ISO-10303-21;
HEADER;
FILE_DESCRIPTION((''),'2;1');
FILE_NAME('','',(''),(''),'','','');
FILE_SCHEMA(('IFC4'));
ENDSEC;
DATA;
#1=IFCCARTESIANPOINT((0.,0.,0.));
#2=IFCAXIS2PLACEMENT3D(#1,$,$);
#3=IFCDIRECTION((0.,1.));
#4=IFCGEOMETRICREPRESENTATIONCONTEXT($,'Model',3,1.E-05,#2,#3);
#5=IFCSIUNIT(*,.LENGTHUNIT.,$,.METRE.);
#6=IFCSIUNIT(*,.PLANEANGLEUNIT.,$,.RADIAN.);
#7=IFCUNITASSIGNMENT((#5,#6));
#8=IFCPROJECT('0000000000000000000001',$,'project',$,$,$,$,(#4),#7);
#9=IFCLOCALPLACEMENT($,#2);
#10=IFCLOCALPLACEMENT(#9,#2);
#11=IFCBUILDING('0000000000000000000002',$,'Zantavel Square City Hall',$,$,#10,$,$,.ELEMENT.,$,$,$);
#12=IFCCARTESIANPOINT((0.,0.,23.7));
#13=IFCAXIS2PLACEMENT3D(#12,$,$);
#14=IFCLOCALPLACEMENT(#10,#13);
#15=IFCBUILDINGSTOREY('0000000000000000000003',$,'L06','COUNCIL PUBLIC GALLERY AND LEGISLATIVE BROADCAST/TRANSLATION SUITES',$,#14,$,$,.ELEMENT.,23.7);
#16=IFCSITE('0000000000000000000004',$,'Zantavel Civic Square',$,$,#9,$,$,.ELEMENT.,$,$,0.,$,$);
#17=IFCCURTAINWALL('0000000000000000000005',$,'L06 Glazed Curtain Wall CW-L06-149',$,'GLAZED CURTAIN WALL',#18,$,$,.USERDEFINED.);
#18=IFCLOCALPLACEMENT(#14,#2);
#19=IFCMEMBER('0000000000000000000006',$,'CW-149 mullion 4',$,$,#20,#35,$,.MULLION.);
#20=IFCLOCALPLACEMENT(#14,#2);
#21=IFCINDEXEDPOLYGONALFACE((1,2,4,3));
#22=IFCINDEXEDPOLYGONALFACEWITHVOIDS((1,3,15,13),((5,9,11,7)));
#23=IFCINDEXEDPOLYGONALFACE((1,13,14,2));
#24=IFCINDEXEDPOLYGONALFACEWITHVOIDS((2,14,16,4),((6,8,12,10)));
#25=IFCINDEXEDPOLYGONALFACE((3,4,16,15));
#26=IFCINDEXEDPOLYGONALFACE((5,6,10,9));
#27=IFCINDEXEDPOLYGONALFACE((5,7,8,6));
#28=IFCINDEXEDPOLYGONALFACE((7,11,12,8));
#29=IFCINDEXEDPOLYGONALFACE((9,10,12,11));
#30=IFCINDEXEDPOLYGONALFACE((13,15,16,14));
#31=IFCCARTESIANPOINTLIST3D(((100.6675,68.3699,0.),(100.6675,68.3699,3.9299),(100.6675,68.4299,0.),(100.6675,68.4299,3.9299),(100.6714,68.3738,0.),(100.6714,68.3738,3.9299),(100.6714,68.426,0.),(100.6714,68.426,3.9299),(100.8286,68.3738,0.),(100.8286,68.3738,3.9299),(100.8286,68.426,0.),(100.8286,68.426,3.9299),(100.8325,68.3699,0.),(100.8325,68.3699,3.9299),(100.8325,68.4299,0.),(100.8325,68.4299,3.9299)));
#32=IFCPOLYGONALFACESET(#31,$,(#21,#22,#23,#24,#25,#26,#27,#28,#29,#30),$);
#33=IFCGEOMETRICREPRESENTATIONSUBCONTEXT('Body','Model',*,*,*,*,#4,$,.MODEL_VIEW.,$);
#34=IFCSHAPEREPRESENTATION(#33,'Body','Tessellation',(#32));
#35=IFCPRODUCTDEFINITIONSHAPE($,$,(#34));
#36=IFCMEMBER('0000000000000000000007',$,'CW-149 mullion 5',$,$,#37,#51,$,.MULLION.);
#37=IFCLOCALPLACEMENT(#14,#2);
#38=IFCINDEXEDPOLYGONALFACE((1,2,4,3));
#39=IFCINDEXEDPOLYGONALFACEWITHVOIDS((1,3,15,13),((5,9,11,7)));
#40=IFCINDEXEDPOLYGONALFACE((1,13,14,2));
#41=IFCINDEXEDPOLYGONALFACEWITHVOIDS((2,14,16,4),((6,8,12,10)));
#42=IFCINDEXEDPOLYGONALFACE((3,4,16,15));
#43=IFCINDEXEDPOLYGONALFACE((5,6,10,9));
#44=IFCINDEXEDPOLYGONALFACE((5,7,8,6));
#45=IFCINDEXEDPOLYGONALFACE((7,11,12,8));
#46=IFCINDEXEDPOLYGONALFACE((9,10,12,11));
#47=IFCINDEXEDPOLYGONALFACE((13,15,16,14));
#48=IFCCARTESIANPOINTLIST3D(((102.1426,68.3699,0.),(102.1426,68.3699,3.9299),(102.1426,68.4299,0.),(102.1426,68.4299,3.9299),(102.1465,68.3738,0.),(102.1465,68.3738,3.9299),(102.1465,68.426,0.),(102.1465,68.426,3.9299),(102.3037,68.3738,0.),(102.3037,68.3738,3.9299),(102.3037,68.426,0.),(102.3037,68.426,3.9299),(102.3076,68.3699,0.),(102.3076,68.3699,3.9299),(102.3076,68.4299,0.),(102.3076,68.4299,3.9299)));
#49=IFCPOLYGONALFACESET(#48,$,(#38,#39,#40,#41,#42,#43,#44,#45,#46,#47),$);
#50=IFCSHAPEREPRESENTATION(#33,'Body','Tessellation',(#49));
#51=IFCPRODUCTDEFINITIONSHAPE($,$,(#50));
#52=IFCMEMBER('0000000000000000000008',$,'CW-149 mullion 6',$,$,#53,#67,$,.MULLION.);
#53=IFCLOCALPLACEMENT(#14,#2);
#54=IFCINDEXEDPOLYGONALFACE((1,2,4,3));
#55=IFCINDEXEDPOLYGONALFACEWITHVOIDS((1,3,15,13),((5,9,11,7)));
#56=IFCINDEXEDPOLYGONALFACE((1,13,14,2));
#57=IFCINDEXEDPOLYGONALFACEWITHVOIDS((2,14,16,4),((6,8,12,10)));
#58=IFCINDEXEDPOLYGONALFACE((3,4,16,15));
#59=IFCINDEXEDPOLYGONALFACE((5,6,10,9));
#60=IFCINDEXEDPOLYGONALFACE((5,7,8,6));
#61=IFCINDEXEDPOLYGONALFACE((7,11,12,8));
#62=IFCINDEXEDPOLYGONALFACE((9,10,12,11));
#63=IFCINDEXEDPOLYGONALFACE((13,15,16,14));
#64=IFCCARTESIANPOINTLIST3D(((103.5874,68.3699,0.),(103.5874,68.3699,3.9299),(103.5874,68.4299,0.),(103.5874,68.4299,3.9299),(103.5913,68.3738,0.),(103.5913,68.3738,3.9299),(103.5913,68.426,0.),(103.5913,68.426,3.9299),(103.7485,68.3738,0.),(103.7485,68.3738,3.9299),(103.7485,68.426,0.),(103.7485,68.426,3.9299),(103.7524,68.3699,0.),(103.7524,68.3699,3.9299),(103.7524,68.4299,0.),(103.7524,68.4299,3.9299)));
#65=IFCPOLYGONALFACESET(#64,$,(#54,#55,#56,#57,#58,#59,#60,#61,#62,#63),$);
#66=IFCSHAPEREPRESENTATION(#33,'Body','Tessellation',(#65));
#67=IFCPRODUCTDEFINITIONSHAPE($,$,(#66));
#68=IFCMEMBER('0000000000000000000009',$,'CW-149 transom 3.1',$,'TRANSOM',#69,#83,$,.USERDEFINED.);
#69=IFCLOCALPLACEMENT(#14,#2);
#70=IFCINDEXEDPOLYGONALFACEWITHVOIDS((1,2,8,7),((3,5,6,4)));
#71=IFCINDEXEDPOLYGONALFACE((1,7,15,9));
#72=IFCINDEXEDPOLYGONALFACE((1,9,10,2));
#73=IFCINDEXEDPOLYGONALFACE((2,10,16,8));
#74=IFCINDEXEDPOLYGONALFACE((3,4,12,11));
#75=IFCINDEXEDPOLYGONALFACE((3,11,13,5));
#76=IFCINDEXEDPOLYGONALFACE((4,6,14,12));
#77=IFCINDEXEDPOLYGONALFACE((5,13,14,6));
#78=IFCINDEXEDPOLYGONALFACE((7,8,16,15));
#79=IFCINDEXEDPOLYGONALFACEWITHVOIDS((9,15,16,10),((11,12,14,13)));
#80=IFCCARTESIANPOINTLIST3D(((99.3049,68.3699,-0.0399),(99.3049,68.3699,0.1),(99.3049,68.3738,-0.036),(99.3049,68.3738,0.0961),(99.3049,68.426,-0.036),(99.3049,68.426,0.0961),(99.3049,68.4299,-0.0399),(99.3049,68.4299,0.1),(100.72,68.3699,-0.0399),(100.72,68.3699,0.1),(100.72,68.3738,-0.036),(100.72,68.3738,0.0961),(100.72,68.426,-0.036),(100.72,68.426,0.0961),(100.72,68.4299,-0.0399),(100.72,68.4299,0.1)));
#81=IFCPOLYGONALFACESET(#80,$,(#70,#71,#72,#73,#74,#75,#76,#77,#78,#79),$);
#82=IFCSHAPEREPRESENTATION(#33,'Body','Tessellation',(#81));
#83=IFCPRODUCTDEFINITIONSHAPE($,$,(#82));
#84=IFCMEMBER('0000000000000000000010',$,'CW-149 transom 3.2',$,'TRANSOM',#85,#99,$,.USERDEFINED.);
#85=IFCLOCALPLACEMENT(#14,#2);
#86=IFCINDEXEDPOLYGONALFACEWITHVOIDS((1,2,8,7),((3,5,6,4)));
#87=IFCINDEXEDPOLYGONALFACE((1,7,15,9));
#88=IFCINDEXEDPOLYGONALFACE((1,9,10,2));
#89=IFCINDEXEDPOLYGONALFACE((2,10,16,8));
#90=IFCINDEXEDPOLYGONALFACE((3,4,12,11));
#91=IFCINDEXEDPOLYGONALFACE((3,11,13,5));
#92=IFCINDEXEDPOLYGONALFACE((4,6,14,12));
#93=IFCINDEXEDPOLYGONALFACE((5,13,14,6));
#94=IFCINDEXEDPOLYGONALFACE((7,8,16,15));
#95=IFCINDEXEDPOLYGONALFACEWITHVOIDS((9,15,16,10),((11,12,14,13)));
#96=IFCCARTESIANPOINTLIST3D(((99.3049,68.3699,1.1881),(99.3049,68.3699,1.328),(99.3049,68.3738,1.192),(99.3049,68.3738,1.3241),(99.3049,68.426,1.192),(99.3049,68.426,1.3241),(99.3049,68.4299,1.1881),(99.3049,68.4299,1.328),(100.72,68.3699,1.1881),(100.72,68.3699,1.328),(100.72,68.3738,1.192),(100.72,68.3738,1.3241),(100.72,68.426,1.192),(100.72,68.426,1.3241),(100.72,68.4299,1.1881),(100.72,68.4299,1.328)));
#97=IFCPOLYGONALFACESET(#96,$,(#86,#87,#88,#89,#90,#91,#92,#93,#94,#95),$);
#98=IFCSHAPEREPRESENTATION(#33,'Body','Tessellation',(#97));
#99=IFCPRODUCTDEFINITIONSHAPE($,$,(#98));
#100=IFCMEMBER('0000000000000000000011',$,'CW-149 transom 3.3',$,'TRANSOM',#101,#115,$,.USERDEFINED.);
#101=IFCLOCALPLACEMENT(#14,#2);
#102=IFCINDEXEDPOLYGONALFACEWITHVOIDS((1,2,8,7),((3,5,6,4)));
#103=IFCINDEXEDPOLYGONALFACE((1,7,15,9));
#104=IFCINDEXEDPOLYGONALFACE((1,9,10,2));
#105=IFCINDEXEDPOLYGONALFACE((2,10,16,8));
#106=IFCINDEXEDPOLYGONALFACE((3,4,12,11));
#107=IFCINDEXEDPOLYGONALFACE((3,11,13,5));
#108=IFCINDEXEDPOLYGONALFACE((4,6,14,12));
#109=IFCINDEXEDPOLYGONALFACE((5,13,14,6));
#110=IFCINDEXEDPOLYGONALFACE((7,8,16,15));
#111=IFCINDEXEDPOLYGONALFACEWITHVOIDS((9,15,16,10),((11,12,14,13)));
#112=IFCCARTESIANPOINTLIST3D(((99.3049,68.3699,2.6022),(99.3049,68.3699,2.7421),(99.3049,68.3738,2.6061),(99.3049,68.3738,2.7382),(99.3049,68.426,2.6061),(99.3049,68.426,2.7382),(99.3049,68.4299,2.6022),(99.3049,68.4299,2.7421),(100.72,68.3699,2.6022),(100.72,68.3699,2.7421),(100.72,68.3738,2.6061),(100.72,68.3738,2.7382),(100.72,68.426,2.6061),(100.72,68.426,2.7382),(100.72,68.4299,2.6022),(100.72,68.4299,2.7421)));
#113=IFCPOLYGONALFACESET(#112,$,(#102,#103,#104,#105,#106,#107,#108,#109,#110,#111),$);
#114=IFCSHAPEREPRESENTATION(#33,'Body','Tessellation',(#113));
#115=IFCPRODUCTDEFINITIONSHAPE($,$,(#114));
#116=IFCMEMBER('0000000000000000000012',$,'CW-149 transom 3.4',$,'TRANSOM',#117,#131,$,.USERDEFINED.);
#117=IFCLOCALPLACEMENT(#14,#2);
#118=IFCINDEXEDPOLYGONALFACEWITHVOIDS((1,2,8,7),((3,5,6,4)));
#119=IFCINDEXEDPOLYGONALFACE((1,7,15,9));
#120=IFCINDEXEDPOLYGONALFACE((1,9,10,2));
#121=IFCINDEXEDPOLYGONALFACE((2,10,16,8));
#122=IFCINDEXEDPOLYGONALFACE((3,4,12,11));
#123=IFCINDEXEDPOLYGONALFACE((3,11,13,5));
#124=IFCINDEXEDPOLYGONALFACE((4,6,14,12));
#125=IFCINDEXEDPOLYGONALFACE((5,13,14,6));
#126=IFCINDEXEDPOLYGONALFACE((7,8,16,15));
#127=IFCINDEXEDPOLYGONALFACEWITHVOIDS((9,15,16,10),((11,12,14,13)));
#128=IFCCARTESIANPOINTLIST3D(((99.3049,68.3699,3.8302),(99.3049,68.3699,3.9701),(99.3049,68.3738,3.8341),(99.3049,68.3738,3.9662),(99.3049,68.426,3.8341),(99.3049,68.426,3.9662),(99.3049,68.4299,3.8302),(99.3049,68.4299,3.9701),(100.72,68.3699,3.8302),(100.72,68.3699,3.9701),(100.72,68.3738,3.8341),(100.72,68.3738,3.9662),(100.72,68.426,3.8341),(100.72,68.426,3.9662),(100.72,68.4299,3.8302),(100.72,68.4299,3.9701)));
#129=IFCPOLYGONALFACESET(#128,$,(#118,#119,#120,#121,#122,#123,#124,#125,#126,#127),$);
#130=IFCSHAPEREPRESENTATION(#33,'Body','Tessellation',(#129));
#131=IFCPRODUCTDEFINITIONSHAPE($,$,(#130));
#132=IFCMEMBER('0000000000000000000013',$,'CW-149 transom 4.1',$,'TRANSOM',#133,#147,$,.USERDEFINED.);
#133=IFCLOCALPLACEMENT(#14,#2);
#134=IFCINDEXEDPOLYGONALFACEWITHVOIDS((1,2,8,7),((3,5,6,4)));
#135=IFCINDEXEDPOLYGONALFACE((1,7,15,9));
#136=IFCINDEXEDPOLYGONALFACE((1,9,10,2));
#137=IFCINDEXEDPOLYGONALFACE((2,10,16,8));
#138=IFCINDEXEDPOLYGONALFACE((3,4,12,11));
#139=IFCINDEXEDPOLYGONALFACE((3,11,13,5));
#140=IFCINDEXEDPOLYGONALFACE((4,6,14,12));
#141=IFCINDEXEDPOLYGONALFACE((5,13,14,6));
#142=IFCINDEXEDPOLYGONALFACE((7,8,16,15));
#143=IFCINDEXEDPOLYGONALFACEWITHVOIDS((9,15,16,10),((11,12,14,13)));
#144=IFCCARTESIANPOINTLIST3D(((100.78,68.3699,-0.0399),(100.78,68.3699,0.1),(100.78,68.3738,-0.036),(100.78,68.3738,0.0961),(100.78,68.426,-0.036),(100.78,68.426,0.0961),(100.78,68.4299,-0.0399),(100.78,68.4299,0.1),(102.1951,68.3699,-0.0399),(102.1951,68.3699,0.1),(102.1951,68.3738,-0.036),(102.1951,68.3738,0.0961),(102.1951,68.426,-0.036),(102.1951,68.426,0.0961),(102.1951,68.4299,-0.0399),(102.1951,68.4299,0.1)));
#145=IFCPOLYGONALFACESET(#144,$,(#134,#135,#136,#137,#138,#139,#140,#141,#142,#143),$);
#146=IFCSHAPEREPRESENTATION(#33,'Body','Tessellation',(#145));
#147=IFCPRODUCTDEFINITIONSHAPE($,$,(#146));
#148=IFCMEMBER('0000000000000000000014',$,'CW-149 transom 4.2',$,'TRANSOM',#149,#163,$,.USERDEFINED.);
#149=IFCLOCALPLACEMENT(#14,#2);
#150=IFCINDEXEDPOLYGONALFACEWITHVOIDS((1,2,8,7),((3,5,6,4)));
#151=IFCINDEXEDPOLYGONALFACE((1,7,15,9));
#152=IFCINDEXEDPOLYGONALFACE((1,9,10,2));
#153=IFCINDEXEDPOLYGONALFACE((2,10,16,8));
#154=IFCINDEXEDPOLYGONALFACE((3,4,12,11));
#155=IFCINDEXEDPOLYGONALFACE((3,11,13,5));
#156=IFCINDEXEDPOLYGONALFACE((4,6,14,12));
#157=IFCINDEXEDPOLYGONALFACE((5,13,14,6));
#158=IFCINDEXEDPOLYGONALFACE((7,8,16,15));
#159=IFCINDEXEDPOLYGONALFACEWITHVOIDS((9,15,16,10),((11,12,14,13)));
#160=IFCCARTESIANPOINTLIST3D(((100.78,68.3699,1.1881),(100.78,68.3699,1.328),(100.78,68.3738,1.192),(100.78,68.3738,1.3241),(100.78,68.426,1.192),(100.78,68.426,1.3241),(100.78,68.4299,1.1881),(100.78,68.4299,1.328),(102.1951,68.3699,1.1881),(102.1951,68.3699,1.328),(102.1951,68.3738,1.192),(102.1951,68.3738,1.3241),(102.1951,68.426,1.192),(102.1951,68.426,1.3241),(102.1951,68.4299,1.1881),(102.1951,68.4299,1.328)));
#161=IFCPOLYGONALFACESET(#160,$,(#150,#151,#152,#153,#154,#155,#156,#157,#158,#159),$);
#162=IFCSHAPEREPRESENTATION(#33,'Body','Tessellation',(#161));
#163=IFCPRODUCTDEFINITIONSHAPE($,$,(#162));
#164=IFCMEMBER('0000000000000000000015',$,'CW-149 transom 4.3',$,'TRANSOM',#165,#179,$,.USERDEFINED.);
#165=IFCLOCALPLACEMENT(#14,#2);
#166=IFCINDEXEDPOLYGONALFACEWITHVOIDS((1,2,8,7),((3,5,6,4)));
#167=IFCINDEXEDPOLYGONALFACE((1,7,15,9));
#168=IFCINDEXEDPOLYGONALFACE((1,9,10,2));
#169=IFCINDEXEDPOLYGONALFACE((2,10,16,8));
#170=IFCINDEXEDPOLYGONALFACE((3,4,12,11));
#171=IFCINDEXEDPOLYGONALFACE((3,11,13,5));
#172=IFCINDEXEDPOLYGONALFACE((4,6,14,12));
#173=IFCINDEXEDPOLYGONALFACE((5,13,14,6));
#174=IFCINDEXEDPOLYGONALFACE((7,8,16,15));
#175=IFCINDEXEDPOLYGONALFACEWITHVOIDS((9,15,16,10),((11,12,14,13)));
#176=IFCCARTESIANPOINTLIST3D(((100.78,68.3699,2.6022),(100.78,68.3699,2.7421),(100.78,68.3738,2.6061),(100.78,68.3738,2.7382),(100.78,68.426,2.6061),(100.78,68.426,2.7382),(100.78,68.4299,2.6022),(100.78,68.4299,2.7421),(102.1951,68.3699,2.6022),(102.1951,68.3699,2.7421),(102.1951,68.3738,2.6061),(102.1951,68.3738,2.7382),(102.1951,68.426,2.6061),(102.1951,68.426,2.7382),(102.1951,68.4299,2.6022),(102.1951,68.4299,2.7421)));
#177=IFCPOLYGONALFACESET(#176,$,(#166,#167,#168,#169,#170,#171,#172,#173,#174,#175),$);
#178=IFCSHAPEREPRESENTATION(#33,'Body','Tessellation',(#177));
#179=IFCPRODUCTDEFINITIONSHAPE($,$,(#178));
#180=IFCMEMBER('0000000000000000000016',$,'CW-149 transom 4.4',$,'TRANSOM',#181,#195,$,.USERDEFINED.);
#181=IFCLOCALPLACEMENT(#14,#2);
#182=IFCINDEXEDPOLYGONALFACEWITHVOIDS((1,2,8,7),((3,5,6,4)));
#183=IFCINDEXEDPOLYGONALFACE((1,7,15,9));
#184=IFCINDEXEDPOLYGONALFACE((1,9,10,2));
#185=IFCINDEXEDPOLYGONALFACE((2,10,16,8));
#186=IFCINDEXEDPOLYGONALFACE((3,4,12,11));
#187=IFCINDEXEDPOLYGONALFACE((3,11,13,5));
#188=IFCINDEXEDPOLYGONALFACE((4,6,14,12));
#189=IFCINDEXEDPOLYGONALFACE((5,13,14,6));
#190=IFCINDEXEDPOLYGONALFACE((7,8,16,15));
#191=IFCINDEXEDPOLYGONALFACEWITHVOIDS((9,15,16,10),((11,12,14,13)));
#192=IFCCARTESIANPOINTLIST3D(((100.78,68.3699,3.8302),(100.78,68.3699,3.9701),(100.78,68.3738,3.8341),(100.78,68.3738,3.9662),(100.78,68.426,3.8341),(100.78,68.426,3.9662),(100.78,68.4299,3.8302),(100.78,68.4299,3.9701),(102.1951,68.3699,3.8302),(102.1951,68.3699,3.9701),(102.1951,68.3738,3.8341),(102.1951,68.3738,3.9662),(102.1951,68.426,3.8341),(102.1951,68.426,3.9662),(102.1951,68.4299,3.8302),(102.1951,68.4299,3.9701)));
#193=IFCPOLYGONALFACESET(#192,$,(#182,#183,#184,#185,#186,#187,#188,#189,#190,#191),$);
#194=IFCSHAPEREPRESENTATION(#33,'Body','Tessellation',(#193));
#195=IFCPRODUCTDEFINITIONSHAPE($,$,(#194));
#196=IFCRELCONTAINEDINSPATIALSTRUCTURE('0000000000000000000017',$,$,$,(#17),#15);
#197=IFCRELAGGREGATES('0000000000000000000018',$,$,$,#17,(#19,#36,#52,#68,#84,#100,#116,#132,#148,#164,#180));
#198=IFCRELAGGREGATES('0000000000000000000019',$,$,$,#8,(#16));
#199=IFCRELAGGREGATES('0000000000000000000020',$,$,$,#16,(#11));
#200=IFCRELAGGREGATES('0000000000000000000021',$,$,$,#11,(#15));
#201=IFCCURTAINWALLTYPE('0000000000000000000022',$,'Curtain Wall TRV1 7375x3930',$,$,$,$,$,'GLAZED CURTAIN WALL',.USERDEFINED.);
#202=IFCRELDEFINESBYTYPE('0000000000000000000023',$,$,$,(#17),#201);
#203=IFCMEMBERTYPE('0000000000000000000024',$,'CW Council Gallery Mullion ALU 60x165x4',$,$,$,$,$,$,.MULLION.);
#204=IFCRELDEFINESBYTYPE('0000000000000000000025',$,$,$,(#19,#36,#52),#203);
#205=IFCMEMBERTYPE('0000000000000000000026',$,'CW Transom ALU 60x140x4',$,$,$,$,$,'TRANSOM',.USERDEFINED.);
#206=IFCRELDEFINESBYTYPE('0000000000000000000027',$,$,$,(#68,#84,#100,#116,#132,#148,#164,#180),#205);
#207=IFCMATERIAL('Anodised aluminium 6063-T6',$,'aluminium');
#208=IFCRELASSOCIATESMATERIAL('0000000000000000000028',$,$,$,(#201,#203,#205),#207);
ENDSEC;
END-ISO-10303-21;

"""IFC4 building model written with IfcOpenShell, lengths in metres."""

from ifc_helpers import new_model, si_unit, direction, frame, origin, origin_2d, place, context, subcontext, project, spatial, hollow_rectangle, extrude, material, material_profile, profile_set, type_object, element, aggregate, save


model = new_model("IFC4")

# Units and contexts
model_context = context("Model", 3, precision=1e-05, world=origin(), true_north=direction((0.0, 1.0)))
body_context = subcontext(model_context, "Body", "Model", "MODEL_VIEW")
ifc_project = project(units=[si_unit("LENGTHUNIT", "METRE"), si_unit("PLANEANGLEUNIT", "RADIAN")], contexts=[model_context])

# Site, building, storey
site_placement = place(None, origin())
site = spatial("IfcSite", under=ifc_project, at=site_placement, Name="Zantavel Civic Square", CompositionType="ELEMENT", RefElevation=0.0)
building_placement = place(site_placement, origin())
building = spatial("IfcBuilding", under=site, at=building_placement, Name="Zantavel Square City Hall", CompositionType="ELEMENT")
storey_placement = place(building_placement, frame((0.0, 0.0, 23.7)))
storey = spatial("IfcBuildingStorey", under=building, at=storey_placement, Name="L06", Description="COUNCIL PUBLIC GALLERY AND LEGISLATIVE BROADCAST/TRANSLATION SUITES", CompositionType="ELEMENT", Elevation=23.7)

# Curtain wall, members
ifc_material_1 = material(Name="Anodised aluminium 6063-T6", Category="aluminium")
curtain_wall_type = type_object("IfcCurtainWallType", Name="Curtain Wall TRV1 7375x3930", ElementType="GLAZED CURTAIN WALL", PredefinedType="USERDEFINED", material=ifc_material_1)
curtain_wall_placement = place(storey_placement, origin())
curtain_wall = element("IfcCurtainWall", 1, at=curtain_wall_placement, inside=storey, type_object=curtain_wall_type, Name="L06 Glazed Curtain Wall CW-L06-149", ObjectType="GLAZED CURTAIN WALL", PredefinedType="USERDEFINED")
ifc_material_profile_1 = material_profile(ifc_material_1, hollow_rectangle(XDim=0.0601, YDim=0.165, WallThickness=0.0039, at=origin_2d()), Name="ALU 60x165x4")
ifc_profile_set_1 = profile_set([ifc_material_profile_1], Name="Anodised aluminium 6063-T6")
member_type_1 = type_object("IfcMemberType", Name="CW Council Gallery Mullion ALU 60x165x4", PredefinedType="MULLION", material=ifc_profile_set_1)
member_1_placement = place(storey_placement, frame((100.75, 68.3999, 0.0), z_axis=(0.0, 0.0, 1.0), x_axis=(0.0, 1.0, 0.0)))
member_1 = element("IfcMember", 2, at=member_1_placement, type_object=member_type_1, Name="CW-149 mullion 4", PredefinedType="MULLION", context=body_context, shape_type="SweptSolid", body=[
    extrude(hollow_rectangle(XDim=0.0601, YDim=0.165, WallThickness=0.0039, at=origin_2d()), origin(), (0.0, 0.0, 1.0), 3.9299),
])
member_2_placement = place(storey_placement, frame((102.2251, 68.3999, 0.0), z_axis=(0.0, 0.0, 1.0), x_axis=(0.0, 1.0, 0.0)))
member_2 = element("IfcMember", 3, at=member_2_placement, type_object=member_type_1, Name="CW-149 mullion 5", PredefinedType="MULLION", context=body_context, shape_type="SweptSolid", body=[
    extrude(hollow_rectangle(XDim=0.0601, YDim=0.165, WallThickness=0.0039, at=origin_2d()), origin(), (0.0, 0.0, 1.0), 3.9299),
])
member_3_placement = place(storey_placement, frame((103.6699, 68.3999, 0.0), z_axis=(0.0, 0.0, 1.0), x_axis=(0.0, 1.0, 0.0)))
member_3 = element("IfcMember", 4, at=member_3_placement, type_object=member_type_1, Name="CW-149 mullion 6", PredefinedType="MULLION", context=body_context, shape_type="SweptSolid", body=[
    extrude(hollow_rectangle(XDim=0.0601, YDim=0.165, WallThickness=0.0039, at=origin_2d()), origin(), (0.0, 0.0, 1.0), 3.9299),
])
ifc_material_profile_2 = material_profile(ifc_material_1, hollow_rectangle(XDim=0.0601, YDim=0.1399, WallThickness=0.0039, at=origin_2d()), Name="ALU 60x140x4")
ifc_profile_set_2 = profile_set([ifc_material_profile_2], Name="Anodised aluminium 6063-T6")
member_type_2 = type_object("IfcMemberType", Name="CW Transom ALU 60x140x4", ElementType="TRANSOM", PredefinedType="USERDEFINED", material=ifc_profile_set_2)
member_4_placement = place(storey_placement, frame((99.3049, 68.3999, 0.03), z_axis=(1.0, 0.0, 0.0), x_axis=(0.0, 1.0, 0.0)))
member_4 = element("IfcMember", 5, at=member_4_placement, type_object=member_type_2, Name="CW-149 transom 3.1", ObjectType="TRANSOM", PredefinedType="USERDEFINED", context=body_context, shape_type="SweptSolid", body=[
    extrude(hollow_rectangle(XDim=0.0601, YDim=0.1399, WallThickness=0.0039, at=origin_2d()), origin(), (0.0, 0.0, 1.0), 1.415),
])
member_5_placement = place(storey_placement, frame((99.3049, 68.3999, 1.2581), z_axis=(1.0, 0.0, 0.0), x_axis=(0.0, 1.0, 0.0)))
member_5 = element("IfcMember", 6, at=member_5_placement, type_object=member_type_2, Name="CW-149 transom 3.2", ObjectType="TRANSOM", PredefinedType="USERDEFINED", context=body_context, shape_type="SweptSolid", body=[
    extrude(hollow_rectangle(XDim=0.0601, YDim=0.1399, WallThickness=0.0039, at=origin_2d()), origin(), (0.0, 0.0, 1.0), 1.415),
])
member_6_placement = place(storey_placement, frame((99.3049, 68.3999, 2.6721), z_axis=(1.0, 0.0, 0.0), x_axis=(0.0, 1.0, 0.0)))
member_6 = element("IfcMember", 7, at=member_6_placement, type_object=member_type_2, Name="CW-149 transom 3.3", ObjectType="TRANSOM", PredefinedType="USERDEFINED", context=body_context, shape_type="SweptSolid", body=[
    extrude(hollow_rectangle(XDim=0.0601, YDim=0.1399, WallThickness=0.0039, at=origin_2d()), origin(), (0.0, 0.0, 1.0), 1.415),
])
member_7_placement = place(storey_placement, frame((99.3049, 68.3999, 3.9001), z_axis=(1.0, 0.0, 0.0), x_axis=(0.0, 1.0, 0.0)))
member_7 = element("IfcMember", 8, at=member_7_placement, type_object=member_type_2, Name="CW-149 transom 3.4", ObjectType="TRANSOM", PredefinedType="USERDEFINED", context=body_context, shape_type="SweptSolid", body=[
    extrude(hollow_rectangle(XDim=0.0601, YDim=0.1399, WallThickness=0.0039, at=origin_2d()), origin(), (0.0, 0.0, 1.0), 1.415),
])
member_8_placement = place(storey_placement, frame((100.78, 68.3999, 0.03), z_axis=(1.0, 0.0, 0.0), x_axis=(0.0, 1.0, 0.0)))
member_8 = element("IfcMember", 9, at=member_8_placement, type_object=member_type_2, Name="CW-149 transom 4.1", ObjectType="TRANSOM", PredefinedType="USERDEFINED", context=body_context, shape_type="SweptSolid", body=[
    extrude(hollow_rectangle(XDim=0.0601, YDim=0.1399, WallThickness=0.0039, at=origin_2d()), origin(), (0.0, 0.0, 1.0), 1.415),
])
member_9_placement = place(storey_placement, frame((100.78, 68.3999, 1.2581), z_axis=(1.0, 0.0, 0.0), x_axis=(0.0, 1.0, 0.0)))
member_9 = element("IfcMember", 10, at=member_9_placement, type_object=member_type_2, Name="CW-149 transom 4.2", ObjectType="TRANSOM", PredefinedType="USERDEFINED", context=body_context, shape_type="SweptSolid", body=[
    extrude(hollow_rectangle(XDim=0.0601, YDim=0.1399, WallThickness=0.0039, at=origin_2d()), origin(), (0.0, 0.0, 1.0), 1.415),
])
member_10_placement = place(storey_placement, frame((100.78, 68.3999, 2.6721), z_axis=(1.0, 0.0, 0.0), x_axis=(0.0, 1.0, 0.0)))
member_10 = element("IfcMember", 11, at=member_10_placement, type_object=member_type_2, Name="CW-149 transom 4.3", ObjectType="TRANSOM", PredefinedType="USERDEFINED", context=body_context, shape_type="SweptSolid", body=[
    extrude(hollow_rectangle(XDim=0.0601, YDim=0.1399, WallThickness=0.0039, at=origin_2d()), origin(), (0.0, 0.0, 1.0), 1.415),
])
member_11_placement = place(storey_placement, frame((100.78, 68.3999, 3.9001), z_axis=(1.0, 0.0, 0.0), x_axis=(0.0, 1.0, 0.0)))
member_11 = element("IfcMember", 12, at=member_11_placement, type_object=member_type_2, Name="CW-149 transom 4.4", ObjectType="TRANSOM", PredefinedType="USERDEFINED", context=body_context, shape_type="SweptSolid", body=[
    extrude(hollow_rectangle(XDim=0.0601, YDim=0.1399, WallThickness=0.0039, at=origin_2d()), origin(), (0.0, 0.0, 1.0), 1.415),
])
aggregate(curtain_wall, [member_1, member_2, member_3, member_4, member_5, member_6, member_7, member_8, member_9, member_10, member_11])

save(model, "model.ifc")
